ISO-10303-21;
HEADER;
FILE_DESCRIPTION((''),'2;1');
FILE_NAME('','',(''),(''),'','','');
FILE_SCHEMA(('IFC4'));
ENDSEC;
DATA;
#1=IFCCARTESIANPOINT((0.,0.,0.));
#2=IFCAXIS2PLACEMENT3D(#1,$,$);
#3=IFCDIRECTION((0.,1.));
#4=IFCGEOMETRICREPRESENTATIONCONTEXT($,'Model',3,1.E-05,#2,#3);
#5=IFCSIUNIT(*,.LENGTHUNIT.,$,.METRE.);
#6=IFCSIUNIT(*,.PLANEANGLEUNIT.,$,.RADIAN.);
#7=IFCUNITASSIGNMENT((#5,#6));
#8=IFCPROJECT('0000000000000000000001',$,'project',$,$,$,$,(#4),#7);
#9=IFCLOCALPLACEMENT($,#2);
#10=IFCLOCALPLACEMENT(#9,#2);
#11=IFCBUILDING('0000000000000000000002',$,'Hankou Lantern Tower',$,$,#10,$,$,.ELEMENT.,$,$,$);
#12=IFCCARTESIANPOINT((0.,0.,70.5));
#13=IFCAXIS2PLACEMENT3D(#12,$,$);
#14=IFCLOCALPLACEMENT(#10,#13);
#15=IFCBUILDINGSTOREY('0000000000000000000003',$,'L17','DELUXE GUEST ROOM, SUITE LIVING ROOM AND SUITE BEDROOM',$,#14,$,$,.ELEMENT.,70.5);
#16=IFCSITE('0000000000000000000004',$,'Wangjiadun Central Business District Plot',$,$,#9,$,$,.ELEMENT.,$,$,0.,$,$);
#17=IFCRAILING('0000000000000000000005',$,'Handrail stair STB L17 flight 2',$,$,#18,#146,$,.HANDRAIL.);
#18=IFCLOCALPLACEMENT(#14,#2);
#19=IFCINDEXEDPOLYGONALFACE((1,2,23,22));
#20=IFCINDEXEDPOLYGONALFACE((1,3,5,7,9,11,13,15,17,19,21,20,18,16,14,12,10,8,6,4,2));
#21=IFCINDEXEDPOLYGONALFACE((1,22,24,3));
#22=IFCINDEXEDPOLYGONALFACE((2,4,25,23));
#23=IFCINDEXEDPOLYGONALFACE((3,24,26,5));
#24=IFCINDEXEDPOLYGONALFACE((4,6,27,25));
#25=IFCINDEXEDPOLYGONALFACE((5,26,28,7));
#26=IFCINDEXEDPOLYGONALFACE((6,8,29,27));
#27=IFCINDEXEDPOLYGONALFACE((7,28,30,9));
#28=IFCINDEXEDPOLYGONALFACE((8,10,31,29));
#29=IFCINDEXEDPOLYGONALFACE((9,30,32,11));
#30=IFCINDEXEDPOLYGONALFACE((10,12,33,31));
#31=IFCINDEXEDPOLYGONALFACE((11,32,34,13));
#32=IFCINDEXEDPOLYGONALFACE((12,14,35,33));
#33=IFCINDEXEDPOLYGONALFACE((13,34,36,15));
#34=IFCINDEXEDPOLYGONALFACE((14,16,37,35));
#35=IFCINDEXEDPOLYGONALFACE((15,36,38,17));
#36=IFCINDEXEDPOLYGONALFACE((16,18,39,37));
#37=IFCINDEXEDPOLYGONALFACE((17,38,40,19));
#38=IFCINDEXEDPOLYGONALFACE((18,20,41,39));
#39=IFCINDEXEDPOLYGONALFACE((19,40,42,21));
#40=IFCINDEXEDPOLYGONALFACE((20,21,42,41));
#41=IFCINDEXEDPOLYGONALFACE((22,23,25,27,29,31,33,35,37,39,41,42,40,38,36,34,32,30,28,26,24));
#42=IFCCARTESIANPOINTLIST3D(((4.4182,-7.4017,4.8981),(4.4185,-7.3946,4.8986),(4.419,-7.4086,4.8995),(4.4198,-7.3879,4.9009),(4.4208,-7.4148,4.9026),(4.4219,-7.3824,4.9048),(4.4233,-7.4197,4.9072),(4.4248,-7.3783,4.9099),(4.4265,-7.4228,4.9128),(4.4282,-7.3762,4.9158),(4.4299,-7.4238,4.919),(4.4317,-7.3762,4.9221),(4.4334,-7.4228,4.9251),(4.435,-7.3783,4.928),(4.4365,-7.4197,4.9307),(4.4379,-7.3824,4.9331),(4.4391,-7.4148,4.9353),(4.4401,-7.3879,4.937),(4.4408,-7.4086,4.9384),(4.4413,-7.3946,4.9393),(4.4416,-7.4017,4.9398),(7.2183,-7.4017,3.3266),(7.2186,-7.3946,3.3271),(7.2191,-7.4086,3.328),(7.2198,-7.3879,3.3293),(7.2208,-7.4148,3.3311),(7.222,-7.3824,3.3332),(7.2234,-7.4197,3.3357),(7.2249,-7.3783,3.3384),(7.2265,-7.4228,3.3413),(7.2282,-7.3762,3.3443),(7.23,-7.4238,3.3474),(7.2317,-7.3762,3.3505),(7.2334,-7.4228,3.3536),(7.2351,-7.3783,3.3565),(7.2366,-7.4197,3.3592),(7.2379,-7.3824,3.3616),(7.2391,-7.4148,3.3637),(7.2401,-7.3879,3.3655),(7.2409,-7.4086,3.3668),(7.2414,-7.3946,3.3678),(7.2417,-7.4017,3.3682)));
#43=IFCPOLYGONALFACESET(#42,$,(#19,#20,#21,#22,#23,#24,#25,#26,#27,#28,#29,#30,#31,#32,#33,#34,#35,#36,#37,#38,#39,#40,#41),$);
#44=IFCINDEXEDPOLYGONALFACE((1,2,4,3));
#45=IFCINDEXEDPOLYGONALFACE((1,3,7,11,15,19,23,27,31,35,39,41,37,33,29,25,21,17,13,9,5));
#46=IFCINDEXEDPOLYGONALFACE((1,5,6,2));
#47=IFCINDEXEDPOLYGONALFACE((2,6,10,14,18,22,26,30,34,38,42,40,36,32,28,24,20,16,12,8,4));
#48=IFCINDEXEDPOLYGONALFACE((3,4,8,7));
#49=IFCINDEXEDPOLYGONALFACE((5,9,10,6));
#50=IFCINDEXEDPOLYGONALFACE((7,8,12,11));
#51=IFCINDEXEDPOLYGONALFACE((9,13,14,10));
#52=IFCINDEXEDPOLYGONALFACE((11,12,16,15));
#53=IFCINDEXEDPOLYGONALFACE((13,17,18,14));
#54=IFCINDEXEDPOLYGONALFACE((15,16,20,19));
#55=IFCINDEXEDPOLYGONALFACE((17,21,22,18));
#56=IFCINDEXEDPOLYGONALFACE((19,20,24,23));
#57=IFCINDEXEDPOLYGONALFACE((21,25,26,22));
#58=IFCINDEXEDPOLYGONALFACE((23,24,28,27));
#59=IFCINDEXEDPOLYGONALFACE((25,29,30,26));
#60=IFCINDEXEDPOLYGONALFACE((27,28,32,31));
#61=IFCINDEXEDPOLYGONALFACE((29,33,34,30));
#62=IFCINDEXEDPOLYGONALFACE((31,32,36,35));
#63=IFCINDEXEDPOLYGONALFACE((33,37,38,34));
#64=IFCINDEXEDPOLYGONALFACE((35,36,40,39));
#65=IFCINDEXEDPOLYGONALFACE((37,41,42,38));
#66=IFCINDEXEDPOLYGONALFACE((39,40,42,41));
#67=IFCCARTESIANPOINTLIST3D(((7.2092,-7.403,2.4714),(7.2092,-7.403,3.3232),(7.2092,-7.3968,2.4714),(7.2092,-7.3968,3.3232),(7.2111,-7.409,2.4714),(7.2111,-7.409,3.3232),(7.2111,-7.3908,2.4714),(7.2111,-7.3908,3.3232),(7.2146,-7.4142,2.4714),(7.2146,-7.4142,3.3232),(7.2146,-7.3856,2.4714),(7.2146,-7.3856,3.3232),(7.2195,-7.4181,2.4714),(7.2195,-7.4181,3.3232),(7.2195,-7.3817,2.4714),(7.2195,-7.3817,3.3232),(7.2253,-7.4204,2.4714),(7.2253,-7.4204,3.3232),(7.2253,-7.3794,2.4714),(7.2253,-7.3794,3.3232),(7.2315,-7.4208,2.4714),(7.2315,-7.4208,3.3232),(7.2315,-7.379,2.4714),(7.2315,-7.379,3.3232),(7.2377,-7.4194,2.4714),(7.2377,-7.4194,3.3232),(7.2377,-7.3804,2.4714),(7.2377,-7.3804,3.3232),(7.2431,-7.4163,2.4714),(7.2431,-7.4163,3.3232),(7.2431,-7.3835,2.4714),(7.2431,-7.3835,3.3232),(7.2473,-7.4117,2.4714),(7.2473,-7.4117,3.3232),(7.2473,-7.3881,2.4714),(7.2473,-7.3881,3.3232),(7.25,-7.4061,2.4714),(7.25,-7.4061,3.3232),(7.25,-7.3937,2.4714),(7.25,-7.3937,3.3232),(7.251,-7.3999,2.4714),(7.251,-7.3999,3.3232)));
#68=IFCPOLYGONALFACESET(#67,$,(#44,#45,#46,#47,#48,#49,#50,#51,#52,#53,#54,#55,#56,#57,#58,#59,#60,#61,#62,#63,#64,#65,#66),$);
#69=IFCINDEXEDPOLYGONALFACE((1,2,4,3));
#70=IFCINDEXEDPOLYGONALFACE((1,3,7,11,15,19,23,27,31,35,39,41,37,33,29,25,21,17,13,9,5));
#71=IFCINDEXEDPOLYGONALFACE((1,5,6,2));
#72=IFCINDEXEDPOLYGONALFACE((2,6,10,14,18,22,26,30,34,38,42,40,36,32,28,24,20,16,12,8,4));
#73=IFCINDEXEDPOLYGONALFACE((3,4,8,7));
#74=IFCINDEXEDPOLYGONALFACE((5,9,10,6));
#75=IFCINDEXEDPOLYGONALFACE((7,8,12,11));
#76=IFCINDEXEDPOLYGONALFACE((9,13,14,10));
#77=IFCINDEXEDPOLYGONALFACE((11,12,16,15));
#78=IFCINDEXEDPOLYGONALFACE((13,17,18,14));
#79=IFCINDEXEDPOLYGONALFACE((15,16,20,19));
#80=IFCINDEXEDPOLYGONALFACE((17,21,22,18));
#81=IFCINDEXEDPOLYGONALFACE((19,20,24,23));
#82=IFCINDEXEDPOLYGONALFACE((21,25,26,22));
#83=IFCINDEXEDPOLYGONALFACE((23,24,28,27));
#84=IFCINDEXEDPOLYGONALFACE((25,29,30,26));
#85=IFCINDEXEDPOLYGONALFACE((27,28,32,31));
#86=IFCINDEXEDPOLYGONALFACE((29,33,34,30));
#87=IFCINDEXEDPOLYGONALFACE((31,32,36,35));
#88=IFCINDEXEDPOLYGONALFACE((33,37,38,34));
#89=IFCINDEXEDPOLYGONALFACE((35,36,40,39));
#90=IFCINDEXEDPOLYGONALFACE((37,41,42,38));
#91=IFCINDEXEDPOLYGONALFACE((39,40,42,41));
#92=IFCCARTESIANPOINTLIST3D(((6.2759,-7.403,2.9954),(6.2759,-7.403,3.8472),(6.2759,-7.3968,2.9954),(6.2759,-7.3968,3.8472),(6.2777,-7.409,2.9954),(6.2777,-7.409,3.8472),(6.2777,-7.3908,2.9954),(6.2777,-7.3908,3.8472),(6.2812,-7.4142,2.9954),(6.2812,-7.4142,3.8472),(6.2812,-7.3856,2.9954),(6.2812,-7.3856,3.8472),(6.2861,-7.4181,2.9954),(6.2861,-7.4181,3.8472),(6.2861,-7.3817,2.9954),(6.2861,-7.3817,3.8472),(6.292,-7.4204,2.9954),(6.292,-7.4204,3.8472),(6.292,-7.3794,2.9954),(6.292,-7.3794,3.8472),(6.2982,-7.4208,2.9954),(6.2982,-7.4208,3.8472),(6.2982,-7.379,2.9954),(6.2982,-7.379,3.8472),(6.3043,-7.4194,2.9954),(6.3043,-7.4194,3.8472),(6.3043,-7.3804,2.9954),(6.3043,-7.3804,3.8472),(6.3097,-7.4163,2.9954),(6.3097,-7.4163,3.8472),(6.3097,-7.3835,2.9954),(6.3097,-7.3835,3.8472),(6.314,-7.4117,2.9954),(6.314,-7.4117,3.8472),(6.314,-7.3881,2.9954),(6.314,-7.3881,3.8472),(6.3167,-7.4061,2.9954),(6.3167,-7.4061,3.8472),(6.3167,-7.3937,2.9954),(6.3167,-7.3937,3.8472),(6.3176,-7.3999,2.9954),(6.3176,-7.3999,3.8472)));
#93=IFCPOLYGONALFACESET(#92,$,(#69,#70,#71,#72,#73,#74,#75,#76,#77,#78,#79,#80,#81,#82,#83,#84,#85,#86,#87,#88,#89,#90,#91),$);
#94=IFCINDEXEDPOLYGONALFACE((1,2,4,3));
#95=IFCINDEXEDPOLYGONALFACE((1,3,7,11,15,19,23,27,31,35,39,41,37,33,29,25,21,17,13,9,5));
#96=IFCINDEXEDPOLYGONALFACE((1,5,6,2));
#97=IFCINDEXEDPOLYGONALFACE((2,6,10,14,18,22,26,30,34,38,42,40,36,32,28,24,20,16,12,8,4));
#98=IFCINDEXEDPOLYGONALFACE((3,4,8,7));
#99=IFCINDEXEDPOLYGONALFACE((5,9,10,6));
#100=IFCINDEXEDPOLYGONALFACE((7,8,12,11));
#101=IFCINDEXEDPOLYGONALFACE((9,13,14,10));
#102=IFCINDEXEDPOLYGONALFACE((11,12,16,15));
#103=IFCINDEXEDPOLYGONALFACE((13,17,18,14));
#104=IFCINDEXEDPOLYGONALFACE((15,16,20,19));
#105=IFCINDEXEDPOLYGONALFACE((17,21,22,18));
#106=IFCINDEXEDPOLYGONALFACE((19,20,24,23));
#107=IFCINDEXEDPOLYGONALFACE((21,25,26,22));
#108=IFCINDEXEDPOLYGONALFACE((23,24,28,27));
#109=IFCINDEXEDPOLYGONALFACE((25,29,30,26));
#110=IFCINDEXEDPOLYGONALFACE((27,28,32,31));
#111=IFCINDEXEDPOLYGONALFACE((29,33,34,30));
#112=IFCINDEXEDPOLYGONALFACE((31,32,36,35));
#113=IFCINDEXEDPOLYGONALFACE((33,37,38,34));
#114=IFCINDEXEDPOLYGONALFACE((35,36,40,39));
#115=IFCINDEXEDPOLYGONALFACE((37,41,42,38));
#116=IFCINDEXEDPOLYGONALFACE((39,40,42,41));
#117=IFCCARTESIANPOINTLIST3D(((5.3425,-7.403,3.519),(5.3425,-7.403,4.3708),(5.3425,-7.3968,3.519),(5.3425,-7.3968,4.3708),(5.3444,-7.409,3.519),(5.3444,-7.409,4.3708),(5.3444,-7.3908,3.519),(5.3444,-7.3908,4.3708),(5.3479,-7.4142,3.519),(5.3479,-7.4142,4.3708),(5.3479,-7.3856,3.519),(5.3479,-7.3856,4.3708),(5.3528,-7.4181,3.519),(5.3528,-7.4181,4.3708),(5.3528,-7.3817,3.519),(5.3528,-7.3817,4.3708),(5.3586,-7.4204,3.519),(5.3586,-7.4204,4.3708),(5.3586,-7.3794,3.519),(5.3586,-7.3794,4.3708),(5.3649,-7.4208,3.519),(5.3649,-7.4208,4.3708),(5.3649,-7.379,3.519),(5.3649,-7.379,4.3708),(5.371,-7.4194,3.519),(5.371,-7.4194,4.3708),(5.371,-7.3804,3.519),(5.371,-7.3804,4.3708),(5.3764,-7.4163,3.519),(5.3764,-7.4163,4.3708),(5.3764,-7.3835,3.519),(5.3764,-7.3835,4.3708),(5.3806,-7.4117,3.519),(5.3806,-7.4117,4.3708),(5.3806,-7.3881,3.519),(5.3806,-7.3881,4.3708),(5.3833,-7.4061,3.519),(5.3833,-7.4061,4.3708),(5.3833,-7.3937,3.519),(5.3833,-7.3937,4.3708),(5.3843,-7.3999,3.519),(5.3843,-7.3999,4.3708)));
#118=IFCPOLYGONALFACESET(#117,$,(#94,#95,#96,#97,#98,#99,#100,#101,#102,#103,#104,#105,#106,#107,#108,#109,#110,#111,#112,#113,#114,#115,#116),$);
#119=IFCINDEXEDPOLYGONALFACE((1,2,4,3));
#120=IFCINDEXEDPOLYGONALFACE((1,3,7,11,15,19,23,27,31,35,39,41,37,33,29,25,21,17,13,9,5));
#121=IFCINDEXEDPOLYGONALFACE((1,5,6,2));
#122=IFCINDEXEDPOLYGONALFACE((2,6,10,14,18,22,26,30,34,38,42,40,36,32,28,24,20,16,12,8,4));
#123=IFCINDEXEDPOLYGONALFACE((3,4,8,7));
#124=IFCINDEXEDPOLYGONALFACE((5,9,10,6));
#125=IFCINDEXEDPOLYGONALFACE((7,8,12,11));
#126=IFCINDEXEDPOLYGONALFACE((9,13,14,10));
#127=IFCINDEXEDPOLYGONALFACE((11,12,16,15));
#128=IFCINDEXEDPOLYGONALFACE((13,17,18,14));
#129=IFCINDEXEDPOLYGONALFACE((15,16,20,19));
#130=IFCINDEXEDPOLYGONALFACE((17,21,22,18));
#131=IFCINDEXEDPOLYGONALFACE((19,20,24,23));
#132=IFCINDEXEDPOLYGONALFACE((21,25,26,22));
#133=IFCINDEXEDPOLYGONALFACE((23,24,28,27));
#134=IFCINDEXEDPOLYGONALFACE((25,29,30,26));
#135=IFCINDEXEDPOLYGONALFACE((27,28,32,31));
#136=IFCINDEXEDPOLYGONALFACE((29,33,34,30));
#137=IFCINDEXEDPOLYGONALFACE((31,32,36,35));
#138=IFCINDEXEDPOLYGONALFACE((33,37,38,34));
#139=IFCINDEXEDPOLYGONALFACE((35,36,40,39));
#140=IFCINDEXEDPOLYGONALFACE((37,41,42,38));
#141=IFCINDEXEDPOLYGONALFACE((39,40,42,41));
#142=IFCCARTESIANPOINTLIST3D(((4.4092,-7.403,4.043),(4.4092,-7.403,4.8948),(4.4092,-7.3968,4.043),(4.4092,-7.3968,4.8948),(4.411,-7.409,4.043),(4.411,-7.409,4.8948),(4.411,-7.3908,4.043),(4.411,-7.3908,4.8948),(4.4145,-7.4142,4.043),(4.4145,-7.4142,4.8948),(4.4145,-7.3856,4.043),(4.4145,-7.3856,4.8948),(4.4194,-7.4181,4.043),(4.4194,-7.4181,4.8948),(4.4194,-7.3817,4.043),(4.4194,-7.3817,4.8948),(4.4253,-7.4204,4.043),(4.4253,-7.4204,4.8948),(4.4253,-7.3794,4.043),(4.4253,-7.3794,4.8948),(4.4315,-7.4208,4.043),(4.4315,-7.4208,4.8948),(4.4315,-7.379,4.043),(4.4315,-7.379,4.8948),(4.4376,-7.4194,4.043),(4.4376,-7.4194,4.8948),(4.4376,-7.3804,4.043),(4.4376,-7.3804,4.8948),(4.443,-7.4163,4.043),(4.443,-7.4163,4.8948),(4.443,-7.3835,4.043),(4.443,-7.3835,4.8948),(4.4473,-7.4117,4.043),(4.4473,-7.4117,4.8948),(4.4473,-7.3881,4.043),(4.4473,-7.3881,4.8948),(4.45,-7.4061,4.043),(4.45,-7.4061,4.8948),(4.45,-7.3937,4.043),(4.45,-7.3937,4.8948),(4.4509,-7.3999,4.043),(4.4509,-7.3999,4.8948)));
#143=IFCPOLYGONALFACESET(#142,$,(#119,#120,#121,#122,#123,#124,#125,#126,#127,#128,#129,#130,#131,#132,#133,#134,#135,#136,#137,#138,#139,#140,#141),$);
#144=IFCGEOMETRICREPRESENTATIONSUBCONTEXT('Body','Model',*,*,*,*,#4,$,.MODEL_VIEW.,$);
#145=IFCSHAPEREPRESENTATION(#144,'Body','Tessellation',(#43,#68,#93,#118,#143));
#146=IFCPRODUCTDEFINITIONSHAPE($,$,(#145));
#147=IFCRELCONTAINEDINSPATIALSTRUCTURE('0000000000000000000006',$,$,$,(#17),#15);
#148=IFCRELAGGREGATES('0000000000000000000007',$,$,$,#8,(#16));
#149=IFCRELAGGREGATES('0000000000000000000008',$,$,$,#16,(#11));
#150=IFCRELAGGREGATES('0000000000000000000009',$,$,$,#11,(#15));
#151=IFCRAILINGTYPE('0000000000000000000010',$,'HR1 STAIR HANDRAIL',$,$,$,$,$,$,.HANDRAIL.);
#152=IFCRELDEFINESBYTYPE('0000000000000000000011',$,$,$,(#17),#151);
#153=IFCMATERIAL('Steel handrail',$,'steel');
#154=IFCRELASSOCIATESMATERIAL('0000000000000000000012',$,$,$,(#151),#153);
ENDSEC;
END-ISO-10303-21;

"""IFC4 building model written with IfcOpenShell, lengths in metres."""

from ifc_helpers import new_model, si_unit, direction, frame, origin, origin_2d, place, context, subcontext, project, spatial, circle, extrude, material, type_object, element, save


model = new_model("IFC4")

# Units and contexts
model_context = context("Model", 3, precision=1e-05, world=origin(), true_north=direction((0.0, 1.0)))
body_context = subcontext(model_context, "Body", "Model", "MODEL_VIEW")
ifc_project = project(units=[si_unit("LENGTHUNIT", "METRE"), si_unit("PLANEANGLEUNIT", "RADIAN")], contexts=[model_context])

# Site, building, storey
site_placement = place(None, origin())
site = spatial("IfcSite", under=ifc_project, at=site_placement, Name="Wangjiadun Central Business District Plot", CompositionType="ELEMENT", RefElevation=0.0)
building_placement = place(site_placement, origin())
building = spatial("IfcBuilding", under=site, at=building_placement, Name="Hankou Lantern Tower", CompositionType="ELEMENT")
storey_placement = place(building_placement, frame((0.0, 0.0, 70.5)))
storey = spatial("IfcBuildingStorey", under=building, at=storey_placement, Name="L17", Description="DELUXE GUEST ROOM, SUITE LIVING ROOM AND SUITE BEDROOM", CompositionType="ELEMENT", Elevation=70.5)

# Railing
ifc_material_1 = material(Name="Steel handrail", Category="steel")
railing_type = type_object("IfcRailingType", Name="HR1 STAIR HANDRAIL", PredefinedType="HANDRAIL", material=ifc_material_1)
railing_placement = place(storey_placement, frame((7.23, -7.3999, 2.4714)))
element("IfcRailing", 1, at=railing_placement, inside=storey, type_object=railing_type, Name="Handrail stair STB L17 flight 2", PredefinedType="HANDRAIL", context=body_context, shape_type="SweptSolid", body=[
    extrude(circle(Radius=0.0239, at=origin_2d()), frame((0.0, 0.0, 0.876), z_axis=(-0.87204, 0.0, 0.489434), x_axis=(0.0, -1.0, 0.0)), (0.0, 0.0, 1.0), 3.2109),
    extrude(circle(Radius=0.021, at=origin_2d()), origin(), (0.0, 0.0, 1.0), 0.8518),
    extrude(circle(Radius=0.021, at=origin_2d()), frame((-0.9333, 0.0, 0.5239)), (0.0, 0.0, 1.0), 0.8518),
    extrude(circle(Radius=0.021, at=origin_2d()), frame((-1.8667, 0.0, 1.0476)), (0.0, 0.0, 1.0), 0.8518),
    extrude(circle(Radius=0.021, at=origin_2d()), frame((-2.8, 0.0, 1.5715)), (0.0, 0.0, 1.0), 0.8518),
])

save(model, "model.ifc")
